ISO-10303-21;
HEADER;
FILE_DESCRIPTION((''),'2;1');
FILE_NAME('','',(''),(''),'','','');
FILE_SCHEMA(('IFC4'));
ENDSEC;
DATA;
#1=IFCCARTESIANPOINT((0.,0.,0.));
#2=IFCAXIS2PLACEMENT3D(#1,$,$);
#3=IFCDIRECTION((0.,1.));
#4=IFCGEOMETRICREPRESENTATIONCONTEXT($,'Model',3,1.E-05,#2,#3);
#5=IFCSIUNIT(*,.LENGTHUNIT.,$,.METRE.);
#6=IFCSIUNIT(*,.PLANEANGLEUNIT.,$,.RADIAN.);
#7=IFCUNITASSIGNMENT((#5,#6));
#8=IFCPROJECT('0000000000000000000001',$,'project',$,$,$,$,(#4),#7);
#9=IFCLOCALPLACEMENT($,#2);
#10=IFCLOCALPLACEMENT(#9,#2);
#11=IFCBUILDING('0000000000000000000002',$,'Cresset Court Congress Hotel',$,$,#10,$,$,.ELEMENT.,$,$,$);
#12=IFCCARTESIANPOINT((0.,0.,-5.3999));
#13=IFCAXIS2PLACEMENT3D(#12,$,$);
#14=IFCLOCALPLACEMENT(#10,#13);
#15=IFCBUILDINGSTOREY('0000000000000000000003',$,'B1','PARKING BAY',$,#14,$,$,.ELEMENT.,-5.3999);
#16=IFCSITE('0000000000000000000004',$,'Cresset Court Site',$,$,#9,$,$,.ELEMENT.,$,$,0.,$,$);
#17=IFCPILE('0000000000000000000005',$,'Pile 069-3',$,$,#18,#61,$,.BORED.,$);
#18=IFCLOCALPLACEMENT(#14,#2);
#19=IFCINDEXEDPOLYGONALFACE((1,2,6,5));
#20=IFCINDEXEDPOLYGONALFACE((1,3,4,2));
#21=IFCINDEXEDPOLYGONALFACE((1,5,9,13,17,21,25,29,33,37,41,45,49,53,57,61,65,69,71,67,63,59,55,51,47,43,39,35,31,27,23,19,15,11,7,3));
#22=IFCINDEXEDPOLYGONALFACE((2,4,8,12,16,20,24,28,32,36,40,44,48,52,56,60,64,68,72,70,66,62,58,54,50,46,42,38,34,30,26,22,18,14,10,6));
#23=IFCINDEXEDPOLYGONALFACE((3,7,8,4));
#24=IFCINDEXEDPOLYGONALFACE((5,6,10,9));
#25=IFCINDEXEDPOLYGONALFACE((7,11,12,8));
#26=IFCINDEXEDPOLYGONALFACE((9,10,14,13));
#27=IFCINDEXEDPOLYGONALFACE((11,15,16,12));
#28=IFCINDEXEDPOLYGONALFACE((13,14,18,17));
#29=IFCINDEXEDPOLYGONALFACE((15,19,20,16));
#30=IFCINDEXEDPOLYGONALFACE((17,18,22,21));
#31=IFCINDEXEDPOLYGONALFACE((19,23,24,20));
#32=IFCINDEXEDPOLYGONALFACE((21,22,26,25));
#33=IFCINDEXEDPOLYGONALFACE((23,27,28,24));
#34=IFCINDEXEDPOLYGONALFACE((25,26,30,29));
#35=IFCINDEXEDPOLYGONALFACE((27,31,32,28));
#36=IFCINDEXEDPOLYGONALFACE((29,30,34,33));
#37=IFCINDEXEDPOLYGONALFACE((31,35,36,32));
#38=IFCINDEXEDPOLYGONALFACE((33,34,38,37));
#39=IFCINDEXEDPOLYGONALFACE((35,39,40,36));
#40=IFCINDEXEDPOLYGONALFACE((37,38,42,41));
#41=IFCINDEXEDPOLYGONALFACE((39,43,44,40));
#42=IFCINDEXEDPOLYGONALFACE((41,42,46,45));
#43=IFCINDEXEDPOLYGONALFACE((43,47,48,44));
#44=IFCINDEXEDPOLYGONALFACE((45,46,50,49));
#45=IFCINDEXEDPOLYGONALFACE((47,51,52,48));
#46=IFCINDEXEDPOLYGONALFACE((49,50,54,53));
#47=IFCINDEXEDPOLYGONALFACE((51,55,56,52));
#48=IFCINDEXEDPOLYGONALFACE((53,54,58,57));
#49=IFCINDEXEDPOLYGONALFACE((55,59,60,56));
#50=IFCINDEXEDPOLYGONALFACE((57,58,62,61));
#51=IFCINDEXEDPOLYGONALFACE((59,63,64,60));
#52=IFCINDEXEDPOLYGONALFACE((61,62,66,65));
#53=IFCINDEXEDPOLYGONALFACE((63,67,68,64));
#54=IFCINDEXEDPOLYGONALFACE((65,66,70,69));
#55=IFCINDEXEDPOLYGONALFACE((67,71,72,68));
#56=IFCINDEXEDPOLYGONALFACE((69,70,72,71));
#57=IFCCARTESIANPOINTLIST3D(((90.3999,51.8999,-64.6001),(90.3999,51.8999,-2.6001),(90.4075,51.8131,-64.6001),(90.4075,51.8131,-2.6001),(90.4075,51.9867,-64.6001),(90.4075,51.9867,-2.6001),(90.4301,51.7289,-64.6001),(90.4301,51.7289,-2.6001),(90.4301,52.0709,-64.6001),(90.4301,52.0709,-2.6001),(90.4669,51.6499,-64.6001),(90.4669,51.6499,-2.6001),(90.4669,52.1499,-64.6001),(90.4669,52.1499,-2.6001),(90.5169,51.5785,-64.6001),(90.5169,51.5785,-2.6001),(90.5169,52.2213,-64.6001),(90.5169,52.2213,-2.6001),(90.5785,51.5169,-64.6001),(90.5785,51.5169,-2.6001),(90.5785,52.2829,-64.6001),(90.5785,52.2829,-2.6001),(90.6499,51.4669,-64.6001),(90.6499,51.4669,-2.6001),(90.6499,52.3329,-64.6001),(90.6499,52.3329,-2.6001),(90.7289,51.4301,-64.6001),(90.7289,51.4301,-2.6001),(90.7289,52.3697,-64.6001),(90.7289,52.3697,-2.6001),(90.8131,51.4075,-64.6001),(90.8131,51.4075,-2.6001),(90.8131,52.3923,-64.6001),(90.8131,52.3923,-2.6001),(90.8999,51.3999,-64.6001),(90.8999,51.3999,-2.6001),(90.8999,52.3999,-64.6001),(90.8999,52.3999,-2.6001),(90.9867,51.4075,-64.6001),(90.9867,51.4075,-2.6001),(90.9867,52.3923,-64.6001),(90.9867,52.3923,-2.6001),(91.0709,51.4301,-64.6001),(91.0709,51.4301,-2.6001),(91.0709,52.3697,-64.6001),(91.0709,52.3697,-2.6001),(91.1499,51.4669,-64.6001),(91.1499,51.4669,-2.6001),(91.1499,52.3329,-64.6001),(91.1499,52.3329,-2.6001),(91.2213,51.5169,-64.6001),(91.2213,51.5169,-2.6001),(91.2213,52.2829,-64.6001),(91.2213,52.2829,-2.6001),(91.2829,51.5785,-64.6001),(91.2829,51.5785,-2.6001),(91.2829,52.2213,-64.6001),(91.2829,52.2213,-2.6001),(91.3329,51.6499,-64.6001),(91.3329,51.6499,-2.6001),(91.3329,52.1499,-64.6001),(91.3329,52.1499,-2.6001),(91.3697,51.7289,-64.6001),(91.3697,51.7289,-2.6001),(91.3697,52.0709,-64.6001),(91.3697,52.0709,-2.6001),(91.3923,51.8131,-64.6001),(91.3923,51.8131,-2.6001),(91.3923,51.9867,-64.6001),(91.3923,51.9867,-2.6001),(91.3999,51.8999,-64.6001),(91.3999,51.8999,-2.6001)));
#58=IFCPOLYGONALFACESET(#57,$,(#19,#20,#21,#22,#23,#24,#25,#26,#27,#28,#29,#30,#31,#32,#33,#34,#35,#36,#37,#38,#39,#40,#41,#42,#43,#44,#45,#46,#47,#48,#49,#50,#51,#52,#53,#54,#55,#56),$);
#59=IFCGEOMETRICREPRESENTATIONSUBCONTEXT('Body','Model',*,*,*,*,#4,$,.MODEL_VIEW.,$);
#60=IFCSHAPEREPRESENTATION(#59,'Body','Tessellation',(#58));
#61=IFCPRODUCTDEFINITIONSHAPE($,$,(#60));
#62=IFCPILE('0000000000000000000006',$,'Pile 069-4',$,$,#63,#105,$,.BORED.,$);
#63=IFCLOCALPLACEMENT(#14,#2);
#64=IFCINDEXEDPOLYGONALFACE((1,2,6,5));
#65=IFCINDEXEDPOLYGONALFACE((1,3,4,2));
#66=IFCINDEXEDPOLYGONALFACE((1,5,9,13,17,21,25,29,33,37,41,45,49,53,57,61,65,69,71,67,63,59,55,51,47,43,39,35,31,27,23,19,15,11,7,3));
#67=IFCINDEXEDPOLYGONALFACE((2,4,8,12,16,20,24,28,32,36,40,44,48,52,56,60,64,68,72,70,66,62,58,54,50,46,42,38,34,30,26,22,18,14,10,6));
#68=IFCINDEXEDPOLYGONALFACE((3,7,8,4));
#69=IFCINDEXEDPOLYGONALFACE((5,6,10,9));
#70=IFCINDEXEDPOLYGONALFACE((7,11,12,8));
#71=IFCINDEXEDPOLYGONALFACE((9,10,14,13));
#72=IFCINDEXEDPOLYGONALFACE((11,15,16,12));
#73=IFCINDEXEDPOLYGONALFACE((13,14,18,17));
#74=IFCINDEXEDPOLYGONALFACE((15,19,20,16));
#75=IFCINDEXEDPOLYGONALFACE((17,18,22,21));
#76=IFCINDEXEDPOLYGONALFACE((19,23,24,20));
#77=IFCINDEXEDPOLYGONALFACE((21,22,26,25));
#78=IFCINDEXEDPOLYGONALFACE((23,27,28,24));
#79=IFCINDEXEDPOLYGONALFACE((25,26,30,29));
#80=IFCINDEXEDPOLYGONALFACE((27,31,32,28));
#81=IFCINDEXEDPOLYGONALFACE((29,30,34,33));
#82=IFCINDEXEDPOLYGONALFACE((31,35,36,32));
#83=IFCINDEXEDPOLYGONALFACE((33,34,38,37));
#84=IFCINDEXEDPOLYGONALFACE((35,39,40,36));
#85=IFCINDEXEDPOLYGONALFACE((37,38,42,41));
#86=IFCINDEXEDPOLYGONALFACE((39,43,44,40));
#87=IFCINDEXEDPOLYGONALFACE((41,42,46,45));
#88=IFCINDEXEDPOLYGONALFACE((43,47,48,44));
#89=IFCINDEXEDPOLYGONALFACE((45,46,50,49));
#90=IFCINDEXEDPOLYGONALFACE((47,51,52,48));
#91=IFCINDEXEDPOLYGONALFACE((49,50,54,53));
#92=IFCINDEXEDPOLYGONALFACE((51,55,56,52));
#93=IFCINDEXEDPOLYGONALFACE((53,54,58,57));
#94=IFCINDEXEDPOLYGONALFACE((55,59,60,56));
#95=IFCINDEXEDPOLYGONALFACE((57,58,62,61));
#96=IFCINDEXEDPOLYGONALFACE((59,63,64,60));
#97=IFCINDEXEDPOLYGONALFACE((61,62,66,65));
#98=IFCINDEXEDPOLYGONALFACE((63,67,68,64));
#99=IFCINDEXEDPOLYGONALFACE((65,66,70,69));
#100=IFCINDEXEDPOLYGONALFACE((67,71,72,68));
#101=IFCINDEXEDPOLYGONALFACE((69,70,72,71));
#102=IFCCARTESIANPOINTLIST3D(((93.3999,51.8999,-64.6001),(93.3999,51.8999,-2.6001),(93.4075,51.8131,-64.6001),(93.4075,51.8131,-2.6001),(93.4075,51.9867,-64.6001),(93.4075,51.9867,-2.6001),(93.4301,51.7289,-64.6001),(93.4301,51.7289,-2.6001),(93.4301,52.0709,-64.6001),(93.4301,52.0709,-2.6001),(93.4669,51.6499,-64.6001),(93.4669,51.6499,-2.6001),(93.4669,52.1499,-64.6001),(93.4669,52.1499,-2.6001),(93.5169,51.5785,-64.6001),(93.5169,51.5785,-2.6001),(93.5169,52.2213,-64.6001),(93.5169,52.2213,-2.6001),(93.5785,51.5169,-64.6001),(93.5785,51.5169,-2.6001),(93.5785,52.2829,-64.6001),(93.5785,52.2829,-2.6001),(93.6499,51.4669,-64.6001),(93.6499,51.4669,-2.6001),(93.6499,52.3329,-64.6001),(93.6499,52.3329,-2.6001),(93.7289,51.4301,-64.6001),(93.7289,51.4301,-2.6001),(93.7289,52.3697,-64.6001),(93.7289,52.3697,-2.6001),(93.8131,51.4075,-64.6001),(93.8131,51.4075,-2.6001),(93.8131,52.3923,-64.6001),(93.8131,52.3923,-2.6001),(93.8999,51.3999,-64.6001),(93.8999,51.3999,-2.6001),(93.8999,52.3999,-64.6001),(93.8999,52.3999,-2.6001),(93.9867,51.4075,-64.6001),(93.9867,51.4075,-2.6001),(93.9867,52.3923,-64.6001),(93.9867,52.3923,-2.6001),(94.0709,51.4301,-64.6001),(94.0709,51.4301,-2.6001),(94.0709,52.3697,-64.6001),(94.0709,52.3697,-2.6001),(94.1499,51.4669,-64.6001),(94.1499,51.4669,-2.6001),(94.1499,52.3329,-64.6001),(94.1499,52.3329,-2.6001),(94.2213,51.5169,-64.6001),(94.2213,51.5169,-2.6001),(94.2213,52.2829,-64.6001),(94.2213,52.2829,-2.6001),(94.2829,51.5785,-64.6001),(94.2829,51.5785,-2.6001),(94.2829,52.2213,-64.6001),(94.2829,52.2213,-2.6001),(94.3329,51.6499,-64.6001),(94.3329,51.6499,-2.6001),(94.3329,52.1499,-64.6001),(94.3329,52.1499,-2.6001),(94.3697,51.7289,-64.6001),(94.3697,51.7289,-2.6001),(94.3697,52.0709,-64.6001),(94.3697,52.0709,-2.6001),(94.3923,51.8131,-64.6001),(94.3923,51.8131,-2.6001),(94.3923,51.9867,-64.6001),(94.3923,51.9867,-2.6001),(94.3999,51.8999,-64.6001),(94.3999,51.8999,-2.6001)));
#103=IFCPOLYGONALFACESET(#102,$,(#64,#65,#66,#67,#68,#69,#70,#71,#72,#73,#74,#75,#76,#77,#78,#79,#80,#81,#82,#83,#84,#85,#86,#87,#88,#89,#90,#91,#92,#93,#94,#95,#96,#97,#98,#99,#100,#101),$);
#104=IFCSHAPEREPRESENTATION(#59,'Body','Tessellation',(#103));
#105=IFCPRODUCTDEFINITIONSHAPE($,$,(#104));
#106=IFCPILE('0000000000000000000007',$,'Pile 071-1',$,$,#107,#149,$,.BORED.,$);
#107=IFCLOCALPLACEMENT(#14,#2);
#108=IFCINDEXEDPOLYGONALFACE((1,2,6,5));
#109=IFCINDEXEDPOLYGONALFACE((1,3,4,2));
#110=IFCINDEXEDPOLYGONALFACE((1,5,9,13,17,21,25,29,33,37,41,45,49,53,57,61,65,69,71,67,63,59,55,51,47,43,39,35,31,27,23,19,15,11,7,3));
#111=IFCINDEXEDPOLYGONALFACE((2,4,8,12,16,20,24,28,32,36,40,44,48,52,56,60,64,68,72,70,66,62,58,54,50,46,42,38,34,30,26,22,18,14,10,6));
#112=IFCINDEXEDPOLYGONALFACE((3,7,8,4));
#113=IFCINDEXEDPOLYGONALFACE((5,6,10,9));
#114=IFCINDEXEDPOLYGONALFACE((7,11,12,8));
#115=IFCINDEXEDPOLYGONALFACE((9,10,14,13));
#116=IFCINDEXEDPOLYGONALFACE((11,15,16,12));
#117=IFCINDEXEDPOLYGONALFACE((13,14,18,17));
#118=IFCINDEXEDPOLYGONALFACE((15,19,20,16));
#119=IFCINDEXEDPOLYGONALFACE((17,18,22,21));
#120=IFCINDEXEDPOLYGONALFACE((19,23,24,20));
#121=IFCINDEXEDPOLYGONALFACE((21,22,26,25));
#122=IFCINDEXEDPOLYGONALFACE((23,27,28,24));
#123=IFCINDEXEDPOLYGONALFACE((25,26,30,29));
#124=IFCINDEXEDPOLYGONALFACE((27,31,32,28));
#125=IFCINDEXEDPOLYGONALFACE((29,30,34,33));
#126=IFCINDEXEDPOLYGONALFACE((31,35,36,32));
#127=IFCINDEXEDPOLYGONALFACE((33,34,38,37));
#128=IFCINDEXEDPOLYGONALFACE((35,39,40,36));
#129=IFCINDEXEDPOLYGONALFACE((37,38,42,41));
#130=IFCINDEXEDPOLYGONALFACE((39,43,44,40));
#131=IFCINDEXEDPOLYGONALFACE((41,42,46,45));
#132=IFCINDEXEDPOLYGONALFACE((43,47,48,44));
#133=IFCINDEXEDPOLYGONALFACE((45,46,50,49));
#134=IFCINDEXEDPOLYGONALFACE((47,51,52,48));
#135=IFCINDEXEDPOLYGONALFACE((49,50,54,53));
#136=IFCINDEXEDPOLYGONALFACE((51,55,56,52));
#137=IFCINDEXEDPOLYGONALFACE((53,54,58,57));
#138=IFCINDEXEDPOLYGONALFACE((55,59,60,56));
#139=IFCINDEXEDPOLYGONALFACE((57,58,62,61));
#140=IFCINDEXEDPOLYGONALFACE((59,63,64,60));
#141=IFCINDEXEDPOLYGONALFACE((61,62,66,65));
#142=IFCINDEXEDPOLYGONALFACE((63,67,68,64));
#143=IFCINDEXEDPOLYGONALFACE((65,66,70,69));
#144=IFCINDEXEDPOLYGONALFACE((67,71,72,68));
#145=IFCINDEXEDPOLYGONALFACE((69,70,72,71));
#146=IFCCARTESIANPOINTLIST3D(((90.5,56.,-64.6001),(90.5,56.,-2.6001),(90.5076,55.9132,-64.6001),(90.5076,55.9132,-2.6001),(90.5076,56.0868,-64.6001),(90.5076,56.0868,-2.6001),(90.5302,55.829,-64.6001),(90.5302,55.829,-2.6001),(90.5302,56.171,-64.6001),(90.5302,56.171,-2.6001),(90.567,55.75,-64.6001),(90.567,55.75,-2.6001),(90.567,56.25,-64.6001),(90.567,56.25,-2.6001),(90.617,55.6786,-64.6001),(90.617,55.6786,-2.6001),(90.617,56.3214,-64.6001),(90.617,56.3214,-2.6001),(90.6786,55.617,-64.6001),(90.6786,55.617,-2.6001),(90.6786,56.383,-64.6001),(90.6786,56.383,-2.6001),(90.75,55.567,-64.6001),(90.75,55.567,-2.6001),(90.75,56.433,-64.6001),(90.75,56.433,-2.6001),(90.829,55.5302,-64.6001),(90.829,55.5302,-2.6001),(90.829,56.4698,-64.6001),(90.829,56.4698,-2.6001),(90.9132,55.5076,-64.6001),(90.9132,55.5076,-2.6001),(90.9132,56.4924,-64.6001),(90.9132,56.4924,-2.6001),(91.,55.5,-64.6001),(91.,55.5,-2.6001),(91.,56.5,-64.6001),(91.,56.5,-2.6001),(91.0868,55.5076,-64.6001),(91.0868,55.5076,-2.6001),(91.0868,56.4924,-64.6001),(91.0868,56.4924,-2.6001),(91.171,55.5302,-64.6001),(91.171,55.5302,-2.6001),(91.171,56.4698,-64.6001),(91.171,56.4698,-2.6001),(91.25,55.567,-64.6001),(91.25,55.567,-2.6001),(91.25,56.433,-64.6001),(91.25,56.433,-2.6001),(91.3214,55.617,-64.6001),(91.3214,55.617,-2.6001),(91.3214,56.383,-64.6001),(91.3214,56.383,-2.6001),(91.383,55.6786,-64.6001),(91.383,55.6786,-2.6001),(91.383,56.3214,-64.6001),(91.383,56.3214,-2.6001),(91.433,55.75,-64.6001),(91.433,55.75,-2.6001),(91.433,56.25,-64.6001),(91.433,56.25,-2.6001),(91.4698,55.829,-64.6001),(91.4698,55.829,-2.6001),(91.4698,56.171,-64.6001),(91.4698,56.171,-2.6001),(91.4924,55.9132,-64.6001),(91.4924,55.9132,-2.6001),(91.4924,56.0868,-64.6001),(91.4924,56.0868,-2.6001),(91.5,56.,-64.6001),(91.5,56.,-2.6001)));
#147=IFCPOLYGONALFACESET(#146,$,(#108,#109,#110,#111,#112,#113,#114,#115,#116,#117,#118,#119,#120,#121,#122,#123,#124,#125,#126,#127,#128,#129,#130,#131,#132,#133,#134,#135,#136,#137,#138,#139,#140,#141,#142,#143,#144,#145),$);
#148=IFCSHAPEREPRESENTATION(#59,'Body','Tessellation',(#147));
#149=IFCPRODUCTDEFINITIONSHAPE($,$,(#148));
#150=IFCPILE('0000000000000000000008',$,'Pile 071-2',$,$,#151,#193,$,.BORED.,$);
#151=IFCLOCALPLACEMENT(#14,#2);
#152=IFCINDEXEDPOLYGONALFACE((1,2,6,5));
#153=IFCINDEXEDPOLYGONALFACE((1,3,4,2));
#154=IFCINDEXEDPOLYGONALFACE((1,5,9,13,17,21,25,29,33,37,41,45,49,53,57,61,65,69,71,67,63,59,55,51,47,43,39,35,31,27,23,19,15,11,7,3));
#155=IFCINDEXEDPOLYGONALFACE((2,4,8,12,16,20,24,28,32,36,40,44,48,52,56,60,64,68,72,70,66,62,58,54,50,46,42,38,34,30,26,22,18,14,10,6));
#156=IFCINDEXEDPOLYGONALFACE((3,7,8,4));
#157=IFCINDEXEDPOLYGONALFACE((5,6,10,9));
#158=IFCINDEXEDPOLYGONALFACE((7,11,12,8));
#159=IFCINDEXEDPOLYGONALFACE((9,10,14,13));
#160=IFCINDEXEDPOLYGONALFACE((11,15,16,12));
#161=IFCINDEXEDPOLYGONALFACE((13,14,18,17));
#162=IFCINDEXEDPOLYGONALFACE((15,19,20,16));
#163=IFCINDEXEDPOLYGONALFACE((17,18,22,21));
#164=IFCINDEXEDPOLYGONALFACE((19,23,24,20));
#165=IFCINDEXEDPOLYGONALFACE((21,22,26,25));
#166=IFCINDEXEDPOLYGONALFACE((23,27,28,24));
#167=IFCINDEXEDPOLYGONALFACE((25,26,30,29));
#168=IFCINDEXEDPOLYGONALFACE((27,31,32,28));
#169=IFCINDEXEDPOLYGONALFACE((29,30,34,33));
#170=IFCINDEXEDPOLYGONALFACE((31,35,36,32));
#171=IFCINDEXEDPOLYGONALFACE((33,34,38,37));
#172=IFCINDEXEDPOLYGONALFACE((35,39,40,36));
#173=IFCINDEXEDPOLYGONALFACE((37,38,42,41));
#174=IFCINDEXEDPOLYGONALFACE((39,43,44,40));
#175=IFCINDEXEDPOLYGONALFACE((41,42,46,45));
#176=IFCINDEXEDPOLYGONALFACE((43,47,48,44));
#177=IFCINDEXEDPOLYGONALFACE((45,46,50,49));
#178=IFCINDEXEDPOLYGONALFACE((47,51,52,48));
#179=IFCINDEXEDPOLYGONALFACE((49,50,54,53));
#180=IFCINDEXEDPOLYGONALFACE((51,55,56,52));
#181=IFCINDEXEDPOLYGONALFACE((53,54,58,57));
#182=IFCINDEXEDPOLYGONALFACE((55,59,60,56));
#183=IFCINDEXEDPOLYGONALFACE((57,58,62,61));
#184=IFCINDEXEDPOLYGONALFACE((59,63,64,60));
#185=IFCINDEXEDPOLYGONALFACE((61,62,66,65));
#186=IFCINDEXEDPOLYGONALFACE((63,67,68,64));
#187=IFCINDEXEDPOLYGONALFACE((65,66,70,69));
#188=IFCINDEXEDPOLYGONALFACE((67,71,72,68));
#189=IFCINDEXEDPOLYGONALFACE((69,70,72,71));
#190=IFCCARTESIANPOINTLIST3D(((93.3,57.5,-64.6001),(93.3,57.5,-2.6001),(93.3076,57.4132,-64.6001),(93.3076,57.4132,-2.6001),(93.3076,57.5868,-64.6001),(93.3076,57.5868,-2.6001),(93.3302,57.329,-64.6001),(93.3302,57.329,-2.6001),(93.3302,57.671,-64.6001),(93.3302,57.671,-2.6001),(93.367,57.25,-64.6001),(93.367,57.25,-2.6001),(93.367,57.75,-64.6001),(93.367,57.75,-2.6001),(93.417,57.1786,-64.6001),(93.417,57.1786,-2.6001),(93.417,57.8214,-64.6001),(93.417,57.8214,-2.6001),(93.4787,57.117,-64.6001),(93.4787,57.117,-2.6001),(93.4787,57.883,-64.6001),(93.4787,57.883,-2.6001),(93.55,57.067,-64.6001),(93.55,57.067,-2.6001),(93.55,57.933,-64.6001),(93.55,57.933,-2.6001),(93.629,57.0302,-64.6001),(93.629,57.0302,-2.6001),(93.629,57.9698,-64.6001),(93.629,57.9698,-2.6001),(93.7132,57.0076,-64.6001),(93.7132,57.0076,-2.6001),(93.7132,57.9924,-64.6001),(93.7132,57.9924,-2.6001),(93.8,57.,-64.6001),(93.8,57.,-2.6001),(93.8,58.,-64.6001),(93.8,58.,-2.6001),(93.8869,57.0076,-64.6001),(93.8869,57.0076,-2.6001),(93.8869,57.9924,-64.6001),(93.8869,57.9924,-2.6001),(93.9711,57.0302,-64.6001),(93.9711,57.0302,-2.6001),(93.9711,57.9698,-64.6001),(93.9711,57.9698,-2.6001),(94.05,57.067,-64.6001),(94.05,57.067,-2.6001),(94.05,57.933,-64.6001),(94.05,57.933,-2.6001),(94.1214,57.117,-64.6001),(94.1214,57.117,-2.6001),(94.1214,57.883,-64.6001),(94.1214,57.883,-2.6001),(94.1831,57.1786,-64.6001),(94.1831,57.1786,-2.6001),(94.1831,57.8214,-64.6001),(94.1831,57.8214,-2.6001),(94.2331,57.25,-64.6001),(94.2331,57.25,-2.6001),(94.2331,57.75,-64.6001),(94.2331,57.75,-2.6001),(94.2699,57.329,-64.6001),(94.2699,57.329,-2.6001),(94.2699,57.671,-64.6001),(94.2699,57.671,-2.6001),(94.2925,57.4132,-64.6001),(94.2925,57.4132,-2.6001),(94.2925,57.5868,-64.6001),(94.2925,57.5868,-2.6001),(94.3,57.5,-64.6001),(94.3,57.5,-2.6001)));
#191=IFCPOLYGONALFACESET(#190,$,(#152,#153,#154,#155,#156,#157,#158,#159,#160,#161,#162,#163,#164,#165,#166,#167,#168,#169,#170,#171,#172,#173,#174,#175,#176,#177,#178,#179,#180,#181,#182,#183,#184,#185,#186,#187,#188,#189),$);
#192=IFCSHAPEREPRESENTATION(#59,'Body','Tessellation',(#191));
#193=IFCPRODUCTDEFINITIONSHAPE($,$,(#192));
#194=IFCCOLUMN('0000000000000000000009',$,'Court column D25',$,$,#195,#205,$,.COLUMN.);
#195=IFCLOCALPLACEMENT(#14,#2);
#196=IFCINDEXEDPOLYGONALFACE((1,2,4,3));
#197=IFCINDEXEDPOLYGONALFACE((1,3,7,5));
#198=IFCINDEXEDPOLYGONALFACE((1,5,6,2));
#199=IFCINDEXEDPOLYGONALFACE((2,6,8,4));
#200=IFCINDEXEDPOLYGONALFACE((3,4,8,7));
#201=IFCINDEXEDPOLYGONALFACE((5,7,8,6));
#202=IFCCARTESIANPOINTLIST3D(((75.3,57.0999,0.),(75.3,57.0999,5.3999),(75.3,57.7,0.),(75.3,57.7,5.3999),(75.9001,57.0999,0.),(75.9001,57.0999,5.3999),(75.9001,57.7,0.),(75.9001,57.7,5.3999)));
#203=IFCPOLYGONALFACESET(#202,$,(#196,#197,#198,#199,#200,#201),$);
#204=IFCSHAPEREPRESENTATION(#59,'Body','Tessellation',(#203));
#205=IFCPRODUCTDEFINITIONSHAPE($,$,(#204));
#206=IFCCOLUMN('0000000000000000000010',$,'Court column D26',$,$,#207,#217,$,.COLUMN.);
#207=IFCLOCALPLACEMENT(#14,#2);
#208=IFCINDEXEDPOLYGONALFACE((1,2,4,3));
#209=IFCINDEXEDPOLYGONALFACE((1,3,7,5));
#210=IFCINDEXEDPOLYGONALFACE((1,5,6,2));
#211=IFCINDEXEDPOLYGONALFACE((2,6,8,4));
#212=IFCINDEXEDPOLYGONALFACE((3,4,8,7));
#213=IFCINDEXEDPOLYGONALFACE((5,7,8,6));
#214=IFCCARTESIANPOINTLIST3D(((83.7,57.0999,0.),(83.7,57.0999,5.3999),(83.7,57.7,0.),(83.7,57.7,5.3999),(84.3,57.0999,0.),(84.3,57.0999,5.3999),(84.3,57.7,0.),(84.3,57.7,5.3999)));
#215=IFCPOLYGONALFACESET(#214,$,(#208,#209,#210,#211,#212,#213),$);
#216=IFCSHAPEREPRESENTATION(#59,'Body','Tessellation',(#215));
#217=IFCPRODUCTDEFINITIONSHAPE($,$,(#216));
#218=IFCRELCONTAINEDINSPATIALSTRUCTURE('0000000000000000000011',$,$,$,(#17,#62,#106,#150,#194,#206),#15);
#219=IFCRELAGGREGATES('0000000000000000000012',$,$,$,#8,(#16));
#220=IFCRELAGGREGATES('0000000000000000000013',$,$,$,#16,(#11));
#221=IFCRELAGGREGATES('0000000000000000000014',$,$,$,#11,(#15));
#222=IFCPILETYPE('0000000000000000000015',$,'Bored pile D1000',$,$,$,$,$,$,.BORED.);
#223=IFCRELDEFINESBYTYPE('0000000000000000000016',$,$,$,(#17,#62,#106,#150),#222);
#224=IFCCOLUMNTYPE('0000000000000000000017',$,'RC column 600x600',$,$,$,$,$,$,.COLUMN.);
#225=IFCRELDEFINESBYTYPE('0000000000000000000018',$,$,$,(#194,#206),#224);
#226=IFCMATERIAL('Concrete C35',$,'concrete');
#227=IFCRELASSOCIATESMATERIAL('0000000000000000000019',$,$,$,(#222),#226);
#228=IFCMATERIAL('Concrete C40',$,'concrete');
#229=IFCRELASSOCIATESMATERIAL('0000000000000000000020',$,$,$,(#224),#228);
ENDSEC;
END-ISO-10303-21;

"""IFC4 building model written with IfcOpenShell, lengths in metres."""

from ifc_helpers import new_model, si_unit, direction, frame, origin, origin_2d, place, context, subcontext, project, spatial, rectangle, circle, extrude, material, material_profile, profile_set, type_object, element, save


model = new_model("IFC4")

# Units and contexts
model_context = context("Model", 3, precision=1e-05, world=origin(), true_north=direction((0.0, 1.0)))
body_context = subcontext(model_context, "Body", "Model", "MODEL_VIEW")
ifc_project = project(units=[si_unit("LENGTHUNIT", "METRE"), si_unit("PLANEANGLEUNIT", "RADIAN")], contexts=[model_context])

# Site, building, storey
site_placement = place(None, origin())
site = spatial("IfcSite", under=ifc_project, at=site_placement, Name="Cresset Court Site", CompositionType="ELEMENT", RefElevation=0.0)
building_placement = place(site_placement, origin())
building = spatial("IfcBuilding", under=site, at=building_placement, Name="Cresset Court Congress Hotel", CompositionType="ELEMENT")
storey_placement = place(building_placement, frame((0.0, 0.0, -5.3999)))
storey = spatial("IfcBuildingStorey", under=building, at=storey_placement, Name="B1", Description="PARKING BAY", CompositionType="ELEMENT", Elevation=-5.3999)

# Piles
ifc_material_1 = material(Name="Concrete C35", Category="concrete")
pile_type = type_object("IfcPileType", Name="Bored pile D1000", PredefinedType="BORED", material=ifc_material_1)
for number, where, z_axis, x_axis, name in (
    (1, (90.8999, 51.8999, -2.6001), (0.0, 0.0, -1.0), (1.0, 0.0, 0.0), "Pile 069-3"),
    (2, (93.8999, 51.8999, -2.6001), (0.0, 0.0, -1.0), (1.0, 0.0, 0.0), "Pile 069-4"),
    (3, (91.0, 56.0, -2.6001), (0.0, 0.0, -1.0), (1.0, 0.0, 0.0), "Pile 071-1"),
    (4, (93.8, 57.5, -2.6001), (0.0, 0.0, -1.0), (1.0, 0.0, 0.0), "Pile 071-2"),
):
    element("IfcPile", number, at=place(storey_placement, frame(where, z_axis=z_axis, x_axis=x_axis)), inside=storey, type_object=pile_type, Name=name, PredefinedType="BORED", context=body_context, shape_type="SweptSolid", body=[
        extrude(circle(Radius=0.5, at=origin_2d()), origin(), (0.0, 0.0, 1.0), 62.0),
    ])

# Columns
ifc_material_2 = material(Name="Concrete C40", Category="concrete")
ifc_material_profile_1 = material_profile(ifc_material_2, rectangle(XDim=0.6001, YDim=0.6001, at=origin_2d()), Name="RC600x600")
ifc_profile_set_1 = profile_set([ifc_material_profile_1], Name="Concrete C40")
column_type_1 = type_object("IfcColumnType", Name="RC column 600x600", PredefinedType="COLUMN", material=ifc_profile_set_1)
for number, where, z_axis, x_axis, name in (
    (5, (75.6001, 57.3999, 0.0), (0.0, 0.0, 1.0), (1.0, 0.0, 0.0), "Court column D25"),
    (6, (84.0, 57.3999, 0.0), (0.0, 0.0, 1.0), (1.0, 0.0, 0.0), "Court column D26"),
):
    element("IfcColumn", number, at=place(storey_placement, frame(where, z_axis=z_axis, x_axis=x_axis)), inside=storey, type_object=column_type_1, Name=name, PredefinedType="COLUMN", context=body_context, shape_type="SweptSolid", body=[
        extrude(rectangle(XDim=0.6001, YDim=0.6001, at=origin_2d()), origin(), (0.0, 0.0, 1.0), 5.3999),
    ])

save(model, "model.ifc")
